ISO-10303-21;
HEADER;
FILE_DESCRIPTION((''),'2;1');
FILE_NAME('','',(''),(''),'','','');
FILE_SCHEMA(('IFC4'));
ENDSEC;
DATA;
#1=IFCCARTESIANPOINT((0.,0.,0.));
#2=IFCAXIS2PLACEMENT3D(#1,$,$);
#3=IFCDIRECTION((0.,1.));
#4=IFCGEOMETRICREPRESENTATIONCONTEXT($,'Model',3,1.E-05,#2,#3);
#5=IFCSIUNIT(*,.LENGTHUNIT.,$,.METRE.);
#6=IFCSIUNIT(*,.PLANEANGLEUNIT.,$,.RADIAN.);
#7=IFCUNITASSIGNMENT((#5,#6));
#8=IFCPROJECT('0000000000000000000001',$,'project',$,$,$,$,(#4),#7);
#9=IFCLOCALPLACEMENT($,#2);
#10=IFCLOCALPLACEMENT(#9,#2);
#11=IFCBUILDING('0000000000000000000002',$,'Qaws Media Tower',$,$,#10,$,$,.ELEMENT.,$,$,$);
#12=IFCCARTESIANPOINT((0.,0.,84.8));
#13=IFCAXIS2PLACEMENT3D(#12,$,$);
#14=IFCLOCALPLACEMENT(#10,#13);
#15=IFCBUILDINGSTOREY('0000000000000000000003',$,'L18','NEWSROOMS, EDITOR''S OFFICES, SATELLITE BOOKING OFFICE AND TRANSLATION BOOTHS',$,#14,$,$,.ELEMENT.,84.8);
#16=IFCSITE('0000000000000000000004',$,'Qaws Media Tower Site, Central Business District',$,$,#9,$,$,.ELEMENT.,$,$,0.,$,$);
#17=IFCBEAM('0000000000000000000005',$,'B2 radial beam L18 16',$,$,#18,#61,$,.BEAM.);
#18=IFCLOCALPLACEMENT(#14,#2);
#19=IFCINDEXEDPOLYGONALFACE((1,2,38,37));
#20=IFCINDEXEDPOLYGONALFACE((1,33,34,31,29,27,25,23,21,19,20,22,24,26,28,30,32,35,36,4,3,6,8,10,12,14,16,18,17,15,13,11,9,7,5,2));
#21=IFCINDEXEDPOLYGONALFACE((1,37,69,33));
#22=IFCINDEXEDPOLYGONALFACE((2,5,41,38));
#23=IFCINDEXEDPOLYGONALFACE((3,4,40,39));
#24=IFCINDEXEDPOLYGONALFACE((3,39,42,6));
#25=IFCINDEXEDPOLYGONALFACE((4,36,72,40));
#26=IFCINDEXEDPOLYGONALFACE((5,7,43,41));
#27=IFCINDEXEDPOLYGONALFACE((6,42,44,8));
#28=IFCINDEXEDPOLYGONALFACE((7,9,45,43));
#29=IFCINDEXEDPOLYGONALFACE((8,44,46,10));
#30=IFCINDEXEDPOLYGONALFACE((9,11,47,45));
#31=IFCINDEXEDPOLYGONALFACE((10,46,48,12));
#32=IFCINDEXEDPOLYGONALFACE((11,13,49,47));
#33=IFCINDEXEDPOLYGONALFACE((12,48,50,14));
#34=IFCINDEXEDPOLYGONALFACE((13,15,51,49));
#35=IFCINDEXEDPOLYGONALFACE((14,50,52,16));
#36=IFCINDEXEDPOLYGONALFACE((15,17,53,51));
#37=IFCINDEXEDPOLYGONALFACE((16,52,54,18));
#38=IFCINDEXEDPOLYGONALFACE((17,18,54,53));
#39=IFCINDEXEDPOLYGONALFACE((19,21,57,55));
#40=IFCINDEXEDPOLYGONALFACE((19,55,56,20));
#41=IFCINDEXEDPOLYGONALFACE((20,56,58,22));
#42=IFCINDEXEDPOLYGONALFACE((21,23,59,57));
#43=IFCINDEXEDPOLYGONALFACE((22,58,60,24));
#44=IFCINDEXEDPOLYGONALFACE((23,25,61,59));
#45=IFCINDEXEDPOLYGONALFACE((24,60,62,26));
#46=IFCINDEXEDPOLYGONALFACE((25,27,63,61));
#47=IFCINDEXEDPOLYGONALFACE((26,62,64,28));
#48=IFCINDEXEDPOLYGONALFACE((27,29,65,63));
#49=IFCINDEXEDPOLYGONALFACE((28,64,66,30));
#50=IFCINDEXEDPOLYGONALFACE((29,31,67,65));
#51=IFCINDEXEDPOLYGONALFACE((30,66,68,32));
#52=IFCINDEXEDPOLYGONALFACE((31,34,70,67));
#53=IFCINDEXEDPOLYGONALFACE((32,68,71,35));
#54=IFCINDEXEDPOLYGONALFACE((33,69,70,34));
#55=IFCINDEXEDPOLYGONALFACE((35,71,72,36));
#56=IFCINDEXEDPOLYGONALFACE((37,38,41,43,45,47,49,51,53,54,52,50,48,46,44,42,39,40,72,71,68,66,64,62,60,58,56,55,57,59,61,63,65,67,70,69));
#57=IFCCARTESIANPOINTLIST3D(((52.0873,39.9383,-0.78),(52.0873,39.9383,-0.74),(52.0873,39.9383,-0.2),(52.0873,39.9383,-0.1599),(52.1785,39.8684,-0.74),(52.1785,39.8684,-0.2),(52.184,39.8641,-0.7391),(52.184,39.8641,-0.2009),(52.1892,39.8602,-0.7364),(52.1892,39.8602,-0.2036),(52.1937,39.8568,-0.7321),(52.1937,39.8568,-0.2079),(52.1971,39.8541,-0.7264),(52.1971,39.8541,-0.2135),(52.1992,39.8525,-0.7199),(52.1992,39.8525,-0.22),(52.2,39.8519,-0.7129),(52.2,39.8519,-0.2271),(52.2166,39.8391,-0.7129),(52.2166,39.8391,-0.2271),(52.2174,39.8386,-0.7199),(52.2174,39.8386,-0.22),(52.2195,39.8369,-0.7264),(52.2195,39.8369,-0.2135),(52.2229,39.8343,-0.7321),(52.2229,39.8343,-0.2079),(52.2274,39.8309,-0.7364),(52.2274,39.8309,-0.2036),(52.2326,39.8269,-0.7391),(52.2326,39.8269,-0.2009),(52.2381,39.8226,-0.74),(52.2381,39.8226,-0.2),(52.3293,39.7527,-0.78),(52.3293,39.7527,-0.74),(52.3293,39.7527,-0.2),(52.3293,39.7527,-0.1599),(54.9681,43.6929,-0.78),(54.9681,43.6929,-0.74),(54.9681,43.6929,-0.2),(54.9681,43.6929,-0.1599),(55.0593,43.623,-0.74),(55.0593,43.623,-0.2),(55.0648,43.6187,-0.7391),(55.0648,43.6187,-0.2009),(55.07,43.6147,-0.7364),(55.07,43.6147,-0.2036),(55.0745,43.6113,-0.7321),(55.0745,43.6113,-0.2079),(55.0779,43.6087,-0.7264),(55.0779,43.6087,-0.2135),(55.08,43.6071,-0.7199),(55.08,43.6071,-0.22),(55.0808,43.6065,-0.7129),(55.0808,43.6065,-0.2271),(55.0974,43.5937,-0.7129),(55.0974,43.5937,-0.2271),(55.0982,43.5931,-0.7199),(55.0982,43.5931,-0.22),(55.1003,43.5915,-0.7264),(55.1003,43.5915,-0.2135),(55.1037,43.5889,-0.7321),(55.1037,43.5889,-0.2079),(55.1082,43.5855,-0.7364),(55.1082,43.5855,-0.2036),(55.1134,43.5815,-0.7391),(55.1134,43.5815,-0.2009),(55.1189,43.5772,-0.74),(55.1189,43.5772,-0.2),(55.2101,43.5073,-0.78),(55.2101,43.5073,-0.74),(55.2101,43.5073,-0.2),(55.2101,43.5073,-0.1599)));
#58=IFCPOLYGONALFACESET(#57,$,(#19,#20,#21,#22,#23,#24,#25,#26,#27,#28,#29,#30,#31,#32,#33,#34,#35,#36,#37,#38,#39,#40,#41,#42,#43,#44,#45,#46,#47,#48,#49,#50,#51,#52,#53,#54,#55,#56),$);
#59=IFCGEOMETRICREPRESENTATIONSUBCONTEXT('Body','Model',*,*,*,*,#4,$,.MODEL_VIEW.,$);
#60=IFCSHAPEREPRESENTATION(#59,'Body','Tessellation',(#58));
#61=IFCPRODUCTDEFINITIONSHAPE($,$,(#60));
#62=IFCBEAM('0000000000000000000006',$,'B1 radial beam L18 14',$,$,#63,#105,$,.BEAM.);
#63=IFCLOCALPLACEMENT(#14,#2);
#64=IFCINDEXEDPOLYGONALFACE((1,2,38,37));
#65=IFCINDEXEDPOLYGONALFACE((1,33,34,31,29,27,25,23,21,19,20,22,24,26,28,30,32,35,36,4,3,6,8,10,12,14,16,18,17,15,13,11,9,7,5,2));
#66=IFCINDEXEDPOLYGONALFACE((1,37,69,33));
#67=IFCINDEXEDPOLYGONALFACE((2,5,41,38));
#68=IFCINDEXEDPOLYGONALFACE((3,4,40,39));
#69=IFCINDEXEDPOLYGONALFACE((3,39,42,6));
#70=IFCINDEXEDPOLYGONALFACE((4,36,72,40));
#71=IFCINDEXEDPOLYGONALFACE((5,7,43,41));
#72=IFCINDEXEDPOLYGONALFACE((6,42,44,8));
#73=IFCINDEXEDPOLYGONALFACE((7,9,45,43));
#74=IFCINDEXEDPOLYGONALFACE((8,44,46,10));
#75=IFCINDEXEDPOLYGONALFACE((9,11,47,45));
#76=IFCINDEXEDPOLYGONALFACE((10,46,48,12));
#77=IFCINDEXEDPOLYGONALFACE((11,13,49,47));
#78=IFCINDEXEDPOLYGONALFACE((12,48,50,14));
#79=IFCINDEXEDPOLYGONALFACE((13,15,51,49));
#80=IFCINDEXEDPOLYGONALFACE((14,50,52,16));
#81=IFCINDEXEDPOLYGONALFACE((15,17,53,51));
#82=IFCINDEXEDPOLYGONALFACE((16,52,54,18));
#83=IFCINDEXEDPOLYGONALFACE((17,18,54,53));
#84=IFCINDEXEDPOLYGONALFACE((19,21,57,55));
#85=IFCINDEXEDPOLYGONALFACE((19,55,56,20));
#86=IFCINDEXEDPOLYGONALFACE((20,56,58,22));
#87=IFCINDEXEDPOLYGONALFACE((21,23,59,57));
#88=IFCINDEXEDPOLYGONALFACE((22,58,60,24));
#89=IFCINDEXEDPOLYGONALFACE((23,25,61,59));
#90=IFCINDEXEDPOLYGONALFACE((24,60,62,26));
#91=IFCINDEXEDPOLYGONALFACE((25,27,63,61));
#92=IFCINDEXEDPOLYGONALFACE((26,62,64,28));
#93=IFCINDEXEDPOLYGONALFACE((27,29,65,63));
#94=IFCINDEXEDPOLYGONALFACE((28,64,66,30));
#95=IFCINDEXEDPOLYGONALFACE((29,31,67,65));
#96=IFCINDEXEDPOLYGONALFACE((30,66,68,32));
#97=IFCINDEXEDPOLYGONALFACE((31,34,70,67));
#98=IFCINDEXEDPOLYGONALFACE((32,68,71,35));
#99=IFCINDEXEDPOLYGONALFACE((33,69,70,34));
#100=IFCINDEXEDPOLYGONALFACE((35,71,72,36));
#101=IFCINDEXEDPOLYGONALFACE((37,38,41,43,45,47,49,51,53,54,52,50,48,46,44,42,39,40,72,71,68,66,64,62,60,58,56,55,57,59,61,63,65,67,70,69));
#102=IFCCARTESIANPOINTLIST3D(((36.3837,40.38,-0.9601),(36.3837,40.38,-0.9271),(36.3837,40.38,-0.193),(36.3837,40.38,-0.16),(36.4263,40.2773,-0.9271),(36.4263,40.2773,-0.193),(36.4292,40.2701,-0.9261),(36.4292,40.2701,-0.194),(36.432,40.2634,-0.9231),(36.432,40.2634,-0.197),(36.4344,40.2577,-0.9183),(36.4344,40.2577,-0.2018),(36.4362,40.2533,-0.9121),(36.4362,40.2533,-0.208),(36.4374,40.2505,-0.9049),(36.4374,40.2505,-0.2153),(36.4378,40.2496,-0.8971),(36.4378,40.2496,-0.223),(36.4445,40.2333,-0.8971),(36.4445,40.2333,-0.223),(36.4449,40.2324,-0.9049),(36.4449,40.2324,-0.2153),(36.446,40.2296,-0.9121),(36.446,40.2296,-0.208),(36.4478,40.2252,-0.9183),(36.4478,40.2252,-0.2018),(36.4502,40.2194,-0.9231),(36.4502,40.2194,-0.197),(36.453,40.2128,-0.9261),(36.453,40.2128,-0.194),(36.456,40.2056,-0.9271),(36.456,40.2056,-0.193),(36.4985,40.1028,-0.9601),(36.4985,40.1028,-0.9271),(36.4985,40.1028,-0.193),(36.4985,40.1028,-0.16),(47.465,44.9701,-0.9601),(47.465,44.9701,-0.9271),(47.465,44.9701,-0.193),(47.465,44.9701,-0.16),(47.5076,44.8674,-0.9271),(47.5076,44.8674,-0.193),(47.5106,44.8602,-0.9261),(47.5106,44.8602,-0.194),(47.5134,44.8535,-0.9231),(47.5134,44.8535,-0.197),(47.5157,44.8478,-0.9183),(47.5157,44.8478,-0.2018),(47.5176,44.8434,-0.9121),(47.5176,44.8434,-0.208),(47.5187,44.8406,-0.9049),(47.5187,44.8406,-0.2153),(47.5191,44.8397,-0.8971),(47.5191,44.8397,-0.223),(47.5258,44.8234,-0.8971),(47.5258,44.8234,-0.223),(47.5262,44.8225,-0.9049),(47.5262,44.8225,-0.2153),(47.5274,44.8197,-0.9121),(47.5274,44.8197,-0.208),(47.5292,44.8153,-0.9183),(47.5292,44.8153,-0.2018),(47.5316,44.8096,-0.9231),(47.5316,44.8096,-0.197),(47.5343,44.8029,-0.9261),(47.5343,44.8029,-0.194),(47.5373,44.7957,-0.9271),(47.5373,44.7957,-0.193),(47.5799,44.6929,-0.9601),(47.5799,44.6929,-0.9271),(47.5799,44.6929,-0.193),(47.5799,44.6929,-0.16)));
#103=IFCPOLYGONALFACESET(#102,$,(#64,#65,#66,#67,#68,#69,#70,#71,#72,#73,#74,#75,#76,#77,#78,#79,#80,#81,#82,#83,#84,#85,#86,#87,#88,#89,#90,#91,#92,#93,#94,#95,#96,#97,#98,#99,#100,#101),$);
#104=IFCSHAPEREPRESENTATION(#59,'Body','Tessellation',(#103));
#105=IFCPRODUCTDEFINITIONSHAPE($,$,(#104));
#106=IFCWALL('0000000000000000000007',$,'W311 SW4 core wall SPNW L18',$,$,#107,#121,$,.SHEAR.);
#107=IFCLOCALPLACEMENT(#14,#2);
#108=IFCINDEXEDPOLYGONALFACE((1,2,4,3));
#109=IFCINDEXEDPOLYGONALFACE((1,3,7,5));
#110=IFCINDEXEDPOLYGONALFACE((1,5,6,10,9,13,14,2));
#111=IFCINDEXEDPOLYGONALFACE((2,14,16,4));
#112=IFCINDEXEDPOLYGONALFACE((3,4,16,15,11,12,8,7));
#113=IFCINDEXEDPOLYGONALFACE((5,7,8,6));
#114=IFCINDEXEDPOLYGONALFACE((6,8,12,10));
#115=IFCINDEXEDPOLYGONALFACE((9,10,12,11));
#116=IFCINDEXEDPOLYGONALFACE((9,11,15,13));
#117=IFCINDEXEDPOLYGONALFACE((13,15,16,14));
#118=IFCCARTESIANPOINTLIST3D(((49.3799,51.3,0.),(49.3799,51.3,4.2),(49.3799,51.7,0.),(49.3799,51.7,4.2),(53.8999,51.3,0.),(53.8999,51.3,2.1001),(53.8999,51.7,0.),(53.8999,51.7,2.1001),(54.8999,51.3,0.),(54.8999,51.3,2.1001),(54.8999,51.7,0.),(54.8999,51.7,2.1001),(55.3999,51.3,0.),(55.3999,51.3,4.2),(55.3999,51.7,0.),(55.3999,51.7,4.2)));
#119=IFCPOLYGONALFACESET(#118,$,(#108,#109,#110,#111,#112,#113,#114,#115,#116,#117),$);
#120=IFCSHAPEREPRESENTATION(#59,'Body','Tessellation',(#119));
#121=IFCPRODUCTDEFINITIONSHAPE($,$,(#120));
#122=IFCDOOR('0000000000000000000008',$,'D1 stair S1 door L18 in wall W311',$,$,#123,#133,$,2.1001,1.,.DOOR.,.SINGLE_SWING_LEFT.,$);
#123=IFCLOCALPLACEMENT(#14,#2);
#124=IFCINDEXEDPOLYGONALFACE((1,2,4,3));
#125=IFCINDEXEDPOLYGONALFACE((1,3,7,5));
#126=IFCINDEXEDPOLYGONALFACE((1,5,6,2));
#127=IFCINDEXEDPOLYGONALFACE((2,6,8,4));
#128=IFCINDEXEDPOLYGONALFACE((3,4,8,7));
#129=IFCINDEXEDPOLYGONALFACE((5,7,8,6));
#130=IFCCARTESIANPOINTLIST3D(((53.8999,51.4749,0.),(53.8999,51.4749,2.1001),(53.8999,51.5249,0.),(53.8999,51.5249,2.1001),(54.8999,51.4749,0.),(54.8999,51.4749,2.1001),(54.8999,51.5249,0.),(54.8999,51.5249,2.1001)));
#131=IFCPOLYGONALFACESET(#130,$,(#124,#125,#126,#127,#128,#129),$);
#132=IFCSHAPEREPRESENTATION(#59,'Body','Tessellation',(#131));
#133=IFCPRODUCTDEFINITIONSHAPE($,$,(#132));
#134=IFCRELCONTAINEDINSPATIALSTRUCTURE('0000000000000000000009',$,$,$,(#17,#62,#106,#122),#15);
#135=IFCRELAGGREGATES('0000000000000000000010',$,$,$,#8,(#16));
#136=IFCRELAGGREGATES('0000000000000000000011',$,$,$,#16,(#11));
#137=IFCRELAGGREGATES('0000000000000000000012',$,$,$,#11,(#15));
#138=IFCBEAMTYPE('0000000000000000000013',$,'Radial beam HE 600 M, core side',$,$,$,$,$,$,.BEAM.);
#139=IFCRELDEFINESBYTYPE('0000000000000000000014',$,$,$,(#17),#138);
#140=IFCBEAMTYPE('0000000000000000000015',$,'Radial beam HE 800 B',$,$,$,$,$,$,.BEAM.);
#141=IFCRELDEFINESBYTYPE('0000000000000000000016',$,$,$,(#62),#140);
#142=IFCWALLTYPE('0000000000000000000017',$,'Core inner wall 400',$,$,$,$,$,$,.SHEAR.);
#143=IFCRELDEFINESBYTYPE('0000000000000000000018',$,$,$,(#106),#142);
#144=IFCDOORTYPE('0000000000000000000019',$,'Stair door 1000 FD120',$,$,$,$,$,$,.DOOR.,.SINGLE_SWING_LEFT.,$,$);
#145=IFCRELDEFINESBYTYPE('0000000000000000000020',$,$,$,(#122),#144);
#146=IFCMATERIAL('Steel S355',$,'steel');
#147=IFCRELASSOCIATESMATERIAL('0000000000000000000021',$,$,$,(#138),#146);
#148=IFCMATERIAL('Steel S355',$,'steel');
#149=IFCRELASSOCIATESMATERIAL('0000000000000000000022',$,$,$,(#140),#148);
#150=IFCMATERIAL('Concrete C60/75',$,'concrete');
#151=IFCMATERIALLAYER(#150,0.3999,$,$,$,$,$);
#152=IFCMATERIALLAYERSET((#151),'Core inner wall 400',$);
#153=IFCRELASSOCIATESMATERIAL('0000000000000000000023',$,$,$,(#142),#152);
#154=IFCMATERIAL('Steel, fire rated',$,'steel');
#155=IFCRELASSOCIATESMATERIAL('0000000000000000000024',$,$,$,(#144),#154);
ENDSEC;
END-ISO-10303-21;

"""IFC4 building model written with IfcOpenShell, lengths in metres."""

from ifc_helpers import new_model, si_unit, direction, frame, frame_2d, origin, origin_2d, place, context, subcontext, project, spatial, rectangle, i_section, extrude, material, layer, layer_set, material_profile, profile_set, type_object, element, fill, save


model = new_model("IFC4")

# Units and contexts
model_context = context("Model", 3, precision=1e-05, world=origin(), true_north=direction((0.0, 1.0)))
body_context = subcontext(model_context, "Body", "Model", "MODEL_VIEW")
ifc_project = project(units=[si_unit("LENGTHUNIT", "METRE"), si_unit("PLANEANGLEUNIT", "RADIAN")], contexts=[model_context])

# Site, building, storey
site_placement = place(None, origin())
site = spatial("IfcSite", under=ifc_project, at=site_placement, Name="Qaws Media Tower Site, Central Business District", CompositionType="ELEMENT", RefElevation=0.0)
building_placement = place(site_placement, origin())
building = spatial("IfcBuilding", under=site, at=building_placement, Name="Qaws Media Tower", CompositionType="ELEMENT")
storey_placement = place(building_placement, frame((0.0, 0.0, 84.8)))
storey = spatial("IfcBuildingStorey", under=building, at=storey_placement, Name="L18", Description="NEWSROOMS, EDITOR'S OFFICES, SATELLITE BOOKING OFFICE AND TRANSLATION BOOTHS", CompositionType="ELEMENT", Elevation=84.8)

# Beams
ifc_material_1 = material(Name="Steel S355", Category="steel")
ifc_material_profile_1 = material_profile(ifc_material_1, i_section(OverallWidth=0.3049, OverallDepth=0.6201, WebThickness=0.021, FlangeThickness=0.04, FilletRadius=0.0271, at=origin_2d()), Name="HE 600 M")
ifc_profile_set_1 = profile_set([ifc_material_profile_1], Name="Steel S355")
beam_type_1 = type_object("IfcBeamType", Name="Radial beam HE 600 M, core side", PredefinedType="BEAM", material=ifc_profile_set_1)
beam_1_placement = place(storey_placement, frame((55.0891, 43.6001, -0.47), z_axis=(-0.608738, -0.793371, 0.0), x_axis=(0.793371, -0.608738, 0.0)))
element("IfcBeam", 1, at=beam_1_placement, inside=storey, type_object=beam_type_1, Name="B2 radial beam L18 16", PredefinedType="BEAM", context=body_context, shape_type="SweptSolid", body=[
    extrude(i_section(OverallWidth=0.3049, OverallDepth=0.6201, WebThickness=0.021, FlangeThickness=0.04, FilletRadius=0.0271, at=origin_2d()), origin(), (0.0, 0.0, 1.0), 4.7324),
])
ifc_material_2 = material(Name="Steel S355", Category="steel")
ifc_material_profile_2 = material_profile(ifc_material_2, i_section(OverallWidth=0.3, OverallDepth=0.8, WebThickness=0.0176, FlangeThickness=0.033, FilletRadius=0.03, at=origin_2d()), Name="HE 800 B")
ifc_profile_set_2 = profile_set([ifc_material_profile_2], Name="Steel S355")
beam_type_2 = type_object("IfcBeamType", Name="Radial beam HE 800 B", PredefinedType="BEAM", material=ifc_profile_set_2)
beam_2_placement = place(storey_placement, frame((47.5225, 44.8315, -0.5601), z_axis=(-0.923878, -0.382688, 0.0), x_axis=(0.382688, -0.923878, 0.0)))
element("IfcBeam", 2, at=beam_2_placement, inside=storey, type_object=beam_type_2, Name="B1 radial beam L18 14", PredefinedType="BEAM", context=body_context, shape_type="SweptSolid", body=[
    extrude(i_section(OverallWidth=0.3, OverallDepth=0.8, WebThickness=0.0176, FlangeThickness=0.033, FilletRadius=0.03, at=origin_2d()), origin(), (0.0, 0.0, 1.0), 11.9944),
])

# Wall, opening, door
ifc_material_3 = material(Name="Concrete C60/75", Category="concrete")
ifc_layer_1 = layer(ifc_material_3, 0.3999)
ifc_layer_set_1 = layer_set([ifc_layer_1], Name="Core inner wall 400")
wall_type_1 = type_object("IfcWallType", Name="Core inner wall 400", PredefinedType="SHEAR", material=ifc_layer_set_1)
wall_1_placement = place(storey_placement, frame((49.3799, 51.5, 0.0), z_axis=(0.0, 0.0, 1.0), x_axis=(1.0, 0.0, 0.0)))
wall_1 = element("IfcWall", 3, at=wall_1_placement, inside=storey, type_object=wall_type_1, Name="W311 SW4 core wall SPNW L18", PredefinedType="SHEAR", context=body_context, shape_type="SweptSolid", body=[
    extrude(rectangle(XDim=6.02, YDim=0.3999, at=frame_2d((3.01, 0.0))), origin(), (0.0, 0.0, 1.0), 4.2),
])
opening_1_placement = place(wall_1_placement, frame((4.52, 0.0, 0.0)))
opening_1 = element("IfcOpeningElement", 4, at=opening_1_placement, cuts=wall_1, PredefinedType="OPENING", context=body_context, shape_type="SweptSolid", body=[
    extrude(rectangle(XDim=1.0, YDim=2.1001, at=frame_2d((0.5, 1.05))), frame((0.0, 0.21, 0.0), z_axis=(0.0, -1.0, 0.0), x_axis=(1.0, 0.0, 0.0)), (0.0, 0.0, 1.0), 0.4199),
])
ifc_material_4 = material(Name="Steel, fire rated", Category="steel")
door_type_1 = type_object("IfcDoorType", Name="Stair door 1000 FD120", OperationType="SINGLE_SWING_LEFT", PredefinedType="DOOR", material=ifc_material_4)
door_1_placement = place(opening_1_placement, origin())
door_1 = element("IfcDoor", 5, at=door_1_placement, inside=storey, type_object=door_type_1, Name="D1 stair S1 door L18 in wall W311", OperationType="SINGLE_SWING_LEFT", OverallHeight=2.1001, OverallWidth=1.0, PredefinedType="DOOR", context=body_context, shape_type="SweptSolid", body=[
    extrude(rectangle(XDim=1.0, YDim=2.1001, at=frame_2d((0.5, 1.05))), frame((0.0, 0.0249, 0.0), z_axis=(0.0, -1.0, 0.0), x_axis=(1.0, 0.0, 0.0)), (0.0, 0.0, 1.0), 0.05),
])
fill(opening_1, door_1)

save(model, "model.ifc")
